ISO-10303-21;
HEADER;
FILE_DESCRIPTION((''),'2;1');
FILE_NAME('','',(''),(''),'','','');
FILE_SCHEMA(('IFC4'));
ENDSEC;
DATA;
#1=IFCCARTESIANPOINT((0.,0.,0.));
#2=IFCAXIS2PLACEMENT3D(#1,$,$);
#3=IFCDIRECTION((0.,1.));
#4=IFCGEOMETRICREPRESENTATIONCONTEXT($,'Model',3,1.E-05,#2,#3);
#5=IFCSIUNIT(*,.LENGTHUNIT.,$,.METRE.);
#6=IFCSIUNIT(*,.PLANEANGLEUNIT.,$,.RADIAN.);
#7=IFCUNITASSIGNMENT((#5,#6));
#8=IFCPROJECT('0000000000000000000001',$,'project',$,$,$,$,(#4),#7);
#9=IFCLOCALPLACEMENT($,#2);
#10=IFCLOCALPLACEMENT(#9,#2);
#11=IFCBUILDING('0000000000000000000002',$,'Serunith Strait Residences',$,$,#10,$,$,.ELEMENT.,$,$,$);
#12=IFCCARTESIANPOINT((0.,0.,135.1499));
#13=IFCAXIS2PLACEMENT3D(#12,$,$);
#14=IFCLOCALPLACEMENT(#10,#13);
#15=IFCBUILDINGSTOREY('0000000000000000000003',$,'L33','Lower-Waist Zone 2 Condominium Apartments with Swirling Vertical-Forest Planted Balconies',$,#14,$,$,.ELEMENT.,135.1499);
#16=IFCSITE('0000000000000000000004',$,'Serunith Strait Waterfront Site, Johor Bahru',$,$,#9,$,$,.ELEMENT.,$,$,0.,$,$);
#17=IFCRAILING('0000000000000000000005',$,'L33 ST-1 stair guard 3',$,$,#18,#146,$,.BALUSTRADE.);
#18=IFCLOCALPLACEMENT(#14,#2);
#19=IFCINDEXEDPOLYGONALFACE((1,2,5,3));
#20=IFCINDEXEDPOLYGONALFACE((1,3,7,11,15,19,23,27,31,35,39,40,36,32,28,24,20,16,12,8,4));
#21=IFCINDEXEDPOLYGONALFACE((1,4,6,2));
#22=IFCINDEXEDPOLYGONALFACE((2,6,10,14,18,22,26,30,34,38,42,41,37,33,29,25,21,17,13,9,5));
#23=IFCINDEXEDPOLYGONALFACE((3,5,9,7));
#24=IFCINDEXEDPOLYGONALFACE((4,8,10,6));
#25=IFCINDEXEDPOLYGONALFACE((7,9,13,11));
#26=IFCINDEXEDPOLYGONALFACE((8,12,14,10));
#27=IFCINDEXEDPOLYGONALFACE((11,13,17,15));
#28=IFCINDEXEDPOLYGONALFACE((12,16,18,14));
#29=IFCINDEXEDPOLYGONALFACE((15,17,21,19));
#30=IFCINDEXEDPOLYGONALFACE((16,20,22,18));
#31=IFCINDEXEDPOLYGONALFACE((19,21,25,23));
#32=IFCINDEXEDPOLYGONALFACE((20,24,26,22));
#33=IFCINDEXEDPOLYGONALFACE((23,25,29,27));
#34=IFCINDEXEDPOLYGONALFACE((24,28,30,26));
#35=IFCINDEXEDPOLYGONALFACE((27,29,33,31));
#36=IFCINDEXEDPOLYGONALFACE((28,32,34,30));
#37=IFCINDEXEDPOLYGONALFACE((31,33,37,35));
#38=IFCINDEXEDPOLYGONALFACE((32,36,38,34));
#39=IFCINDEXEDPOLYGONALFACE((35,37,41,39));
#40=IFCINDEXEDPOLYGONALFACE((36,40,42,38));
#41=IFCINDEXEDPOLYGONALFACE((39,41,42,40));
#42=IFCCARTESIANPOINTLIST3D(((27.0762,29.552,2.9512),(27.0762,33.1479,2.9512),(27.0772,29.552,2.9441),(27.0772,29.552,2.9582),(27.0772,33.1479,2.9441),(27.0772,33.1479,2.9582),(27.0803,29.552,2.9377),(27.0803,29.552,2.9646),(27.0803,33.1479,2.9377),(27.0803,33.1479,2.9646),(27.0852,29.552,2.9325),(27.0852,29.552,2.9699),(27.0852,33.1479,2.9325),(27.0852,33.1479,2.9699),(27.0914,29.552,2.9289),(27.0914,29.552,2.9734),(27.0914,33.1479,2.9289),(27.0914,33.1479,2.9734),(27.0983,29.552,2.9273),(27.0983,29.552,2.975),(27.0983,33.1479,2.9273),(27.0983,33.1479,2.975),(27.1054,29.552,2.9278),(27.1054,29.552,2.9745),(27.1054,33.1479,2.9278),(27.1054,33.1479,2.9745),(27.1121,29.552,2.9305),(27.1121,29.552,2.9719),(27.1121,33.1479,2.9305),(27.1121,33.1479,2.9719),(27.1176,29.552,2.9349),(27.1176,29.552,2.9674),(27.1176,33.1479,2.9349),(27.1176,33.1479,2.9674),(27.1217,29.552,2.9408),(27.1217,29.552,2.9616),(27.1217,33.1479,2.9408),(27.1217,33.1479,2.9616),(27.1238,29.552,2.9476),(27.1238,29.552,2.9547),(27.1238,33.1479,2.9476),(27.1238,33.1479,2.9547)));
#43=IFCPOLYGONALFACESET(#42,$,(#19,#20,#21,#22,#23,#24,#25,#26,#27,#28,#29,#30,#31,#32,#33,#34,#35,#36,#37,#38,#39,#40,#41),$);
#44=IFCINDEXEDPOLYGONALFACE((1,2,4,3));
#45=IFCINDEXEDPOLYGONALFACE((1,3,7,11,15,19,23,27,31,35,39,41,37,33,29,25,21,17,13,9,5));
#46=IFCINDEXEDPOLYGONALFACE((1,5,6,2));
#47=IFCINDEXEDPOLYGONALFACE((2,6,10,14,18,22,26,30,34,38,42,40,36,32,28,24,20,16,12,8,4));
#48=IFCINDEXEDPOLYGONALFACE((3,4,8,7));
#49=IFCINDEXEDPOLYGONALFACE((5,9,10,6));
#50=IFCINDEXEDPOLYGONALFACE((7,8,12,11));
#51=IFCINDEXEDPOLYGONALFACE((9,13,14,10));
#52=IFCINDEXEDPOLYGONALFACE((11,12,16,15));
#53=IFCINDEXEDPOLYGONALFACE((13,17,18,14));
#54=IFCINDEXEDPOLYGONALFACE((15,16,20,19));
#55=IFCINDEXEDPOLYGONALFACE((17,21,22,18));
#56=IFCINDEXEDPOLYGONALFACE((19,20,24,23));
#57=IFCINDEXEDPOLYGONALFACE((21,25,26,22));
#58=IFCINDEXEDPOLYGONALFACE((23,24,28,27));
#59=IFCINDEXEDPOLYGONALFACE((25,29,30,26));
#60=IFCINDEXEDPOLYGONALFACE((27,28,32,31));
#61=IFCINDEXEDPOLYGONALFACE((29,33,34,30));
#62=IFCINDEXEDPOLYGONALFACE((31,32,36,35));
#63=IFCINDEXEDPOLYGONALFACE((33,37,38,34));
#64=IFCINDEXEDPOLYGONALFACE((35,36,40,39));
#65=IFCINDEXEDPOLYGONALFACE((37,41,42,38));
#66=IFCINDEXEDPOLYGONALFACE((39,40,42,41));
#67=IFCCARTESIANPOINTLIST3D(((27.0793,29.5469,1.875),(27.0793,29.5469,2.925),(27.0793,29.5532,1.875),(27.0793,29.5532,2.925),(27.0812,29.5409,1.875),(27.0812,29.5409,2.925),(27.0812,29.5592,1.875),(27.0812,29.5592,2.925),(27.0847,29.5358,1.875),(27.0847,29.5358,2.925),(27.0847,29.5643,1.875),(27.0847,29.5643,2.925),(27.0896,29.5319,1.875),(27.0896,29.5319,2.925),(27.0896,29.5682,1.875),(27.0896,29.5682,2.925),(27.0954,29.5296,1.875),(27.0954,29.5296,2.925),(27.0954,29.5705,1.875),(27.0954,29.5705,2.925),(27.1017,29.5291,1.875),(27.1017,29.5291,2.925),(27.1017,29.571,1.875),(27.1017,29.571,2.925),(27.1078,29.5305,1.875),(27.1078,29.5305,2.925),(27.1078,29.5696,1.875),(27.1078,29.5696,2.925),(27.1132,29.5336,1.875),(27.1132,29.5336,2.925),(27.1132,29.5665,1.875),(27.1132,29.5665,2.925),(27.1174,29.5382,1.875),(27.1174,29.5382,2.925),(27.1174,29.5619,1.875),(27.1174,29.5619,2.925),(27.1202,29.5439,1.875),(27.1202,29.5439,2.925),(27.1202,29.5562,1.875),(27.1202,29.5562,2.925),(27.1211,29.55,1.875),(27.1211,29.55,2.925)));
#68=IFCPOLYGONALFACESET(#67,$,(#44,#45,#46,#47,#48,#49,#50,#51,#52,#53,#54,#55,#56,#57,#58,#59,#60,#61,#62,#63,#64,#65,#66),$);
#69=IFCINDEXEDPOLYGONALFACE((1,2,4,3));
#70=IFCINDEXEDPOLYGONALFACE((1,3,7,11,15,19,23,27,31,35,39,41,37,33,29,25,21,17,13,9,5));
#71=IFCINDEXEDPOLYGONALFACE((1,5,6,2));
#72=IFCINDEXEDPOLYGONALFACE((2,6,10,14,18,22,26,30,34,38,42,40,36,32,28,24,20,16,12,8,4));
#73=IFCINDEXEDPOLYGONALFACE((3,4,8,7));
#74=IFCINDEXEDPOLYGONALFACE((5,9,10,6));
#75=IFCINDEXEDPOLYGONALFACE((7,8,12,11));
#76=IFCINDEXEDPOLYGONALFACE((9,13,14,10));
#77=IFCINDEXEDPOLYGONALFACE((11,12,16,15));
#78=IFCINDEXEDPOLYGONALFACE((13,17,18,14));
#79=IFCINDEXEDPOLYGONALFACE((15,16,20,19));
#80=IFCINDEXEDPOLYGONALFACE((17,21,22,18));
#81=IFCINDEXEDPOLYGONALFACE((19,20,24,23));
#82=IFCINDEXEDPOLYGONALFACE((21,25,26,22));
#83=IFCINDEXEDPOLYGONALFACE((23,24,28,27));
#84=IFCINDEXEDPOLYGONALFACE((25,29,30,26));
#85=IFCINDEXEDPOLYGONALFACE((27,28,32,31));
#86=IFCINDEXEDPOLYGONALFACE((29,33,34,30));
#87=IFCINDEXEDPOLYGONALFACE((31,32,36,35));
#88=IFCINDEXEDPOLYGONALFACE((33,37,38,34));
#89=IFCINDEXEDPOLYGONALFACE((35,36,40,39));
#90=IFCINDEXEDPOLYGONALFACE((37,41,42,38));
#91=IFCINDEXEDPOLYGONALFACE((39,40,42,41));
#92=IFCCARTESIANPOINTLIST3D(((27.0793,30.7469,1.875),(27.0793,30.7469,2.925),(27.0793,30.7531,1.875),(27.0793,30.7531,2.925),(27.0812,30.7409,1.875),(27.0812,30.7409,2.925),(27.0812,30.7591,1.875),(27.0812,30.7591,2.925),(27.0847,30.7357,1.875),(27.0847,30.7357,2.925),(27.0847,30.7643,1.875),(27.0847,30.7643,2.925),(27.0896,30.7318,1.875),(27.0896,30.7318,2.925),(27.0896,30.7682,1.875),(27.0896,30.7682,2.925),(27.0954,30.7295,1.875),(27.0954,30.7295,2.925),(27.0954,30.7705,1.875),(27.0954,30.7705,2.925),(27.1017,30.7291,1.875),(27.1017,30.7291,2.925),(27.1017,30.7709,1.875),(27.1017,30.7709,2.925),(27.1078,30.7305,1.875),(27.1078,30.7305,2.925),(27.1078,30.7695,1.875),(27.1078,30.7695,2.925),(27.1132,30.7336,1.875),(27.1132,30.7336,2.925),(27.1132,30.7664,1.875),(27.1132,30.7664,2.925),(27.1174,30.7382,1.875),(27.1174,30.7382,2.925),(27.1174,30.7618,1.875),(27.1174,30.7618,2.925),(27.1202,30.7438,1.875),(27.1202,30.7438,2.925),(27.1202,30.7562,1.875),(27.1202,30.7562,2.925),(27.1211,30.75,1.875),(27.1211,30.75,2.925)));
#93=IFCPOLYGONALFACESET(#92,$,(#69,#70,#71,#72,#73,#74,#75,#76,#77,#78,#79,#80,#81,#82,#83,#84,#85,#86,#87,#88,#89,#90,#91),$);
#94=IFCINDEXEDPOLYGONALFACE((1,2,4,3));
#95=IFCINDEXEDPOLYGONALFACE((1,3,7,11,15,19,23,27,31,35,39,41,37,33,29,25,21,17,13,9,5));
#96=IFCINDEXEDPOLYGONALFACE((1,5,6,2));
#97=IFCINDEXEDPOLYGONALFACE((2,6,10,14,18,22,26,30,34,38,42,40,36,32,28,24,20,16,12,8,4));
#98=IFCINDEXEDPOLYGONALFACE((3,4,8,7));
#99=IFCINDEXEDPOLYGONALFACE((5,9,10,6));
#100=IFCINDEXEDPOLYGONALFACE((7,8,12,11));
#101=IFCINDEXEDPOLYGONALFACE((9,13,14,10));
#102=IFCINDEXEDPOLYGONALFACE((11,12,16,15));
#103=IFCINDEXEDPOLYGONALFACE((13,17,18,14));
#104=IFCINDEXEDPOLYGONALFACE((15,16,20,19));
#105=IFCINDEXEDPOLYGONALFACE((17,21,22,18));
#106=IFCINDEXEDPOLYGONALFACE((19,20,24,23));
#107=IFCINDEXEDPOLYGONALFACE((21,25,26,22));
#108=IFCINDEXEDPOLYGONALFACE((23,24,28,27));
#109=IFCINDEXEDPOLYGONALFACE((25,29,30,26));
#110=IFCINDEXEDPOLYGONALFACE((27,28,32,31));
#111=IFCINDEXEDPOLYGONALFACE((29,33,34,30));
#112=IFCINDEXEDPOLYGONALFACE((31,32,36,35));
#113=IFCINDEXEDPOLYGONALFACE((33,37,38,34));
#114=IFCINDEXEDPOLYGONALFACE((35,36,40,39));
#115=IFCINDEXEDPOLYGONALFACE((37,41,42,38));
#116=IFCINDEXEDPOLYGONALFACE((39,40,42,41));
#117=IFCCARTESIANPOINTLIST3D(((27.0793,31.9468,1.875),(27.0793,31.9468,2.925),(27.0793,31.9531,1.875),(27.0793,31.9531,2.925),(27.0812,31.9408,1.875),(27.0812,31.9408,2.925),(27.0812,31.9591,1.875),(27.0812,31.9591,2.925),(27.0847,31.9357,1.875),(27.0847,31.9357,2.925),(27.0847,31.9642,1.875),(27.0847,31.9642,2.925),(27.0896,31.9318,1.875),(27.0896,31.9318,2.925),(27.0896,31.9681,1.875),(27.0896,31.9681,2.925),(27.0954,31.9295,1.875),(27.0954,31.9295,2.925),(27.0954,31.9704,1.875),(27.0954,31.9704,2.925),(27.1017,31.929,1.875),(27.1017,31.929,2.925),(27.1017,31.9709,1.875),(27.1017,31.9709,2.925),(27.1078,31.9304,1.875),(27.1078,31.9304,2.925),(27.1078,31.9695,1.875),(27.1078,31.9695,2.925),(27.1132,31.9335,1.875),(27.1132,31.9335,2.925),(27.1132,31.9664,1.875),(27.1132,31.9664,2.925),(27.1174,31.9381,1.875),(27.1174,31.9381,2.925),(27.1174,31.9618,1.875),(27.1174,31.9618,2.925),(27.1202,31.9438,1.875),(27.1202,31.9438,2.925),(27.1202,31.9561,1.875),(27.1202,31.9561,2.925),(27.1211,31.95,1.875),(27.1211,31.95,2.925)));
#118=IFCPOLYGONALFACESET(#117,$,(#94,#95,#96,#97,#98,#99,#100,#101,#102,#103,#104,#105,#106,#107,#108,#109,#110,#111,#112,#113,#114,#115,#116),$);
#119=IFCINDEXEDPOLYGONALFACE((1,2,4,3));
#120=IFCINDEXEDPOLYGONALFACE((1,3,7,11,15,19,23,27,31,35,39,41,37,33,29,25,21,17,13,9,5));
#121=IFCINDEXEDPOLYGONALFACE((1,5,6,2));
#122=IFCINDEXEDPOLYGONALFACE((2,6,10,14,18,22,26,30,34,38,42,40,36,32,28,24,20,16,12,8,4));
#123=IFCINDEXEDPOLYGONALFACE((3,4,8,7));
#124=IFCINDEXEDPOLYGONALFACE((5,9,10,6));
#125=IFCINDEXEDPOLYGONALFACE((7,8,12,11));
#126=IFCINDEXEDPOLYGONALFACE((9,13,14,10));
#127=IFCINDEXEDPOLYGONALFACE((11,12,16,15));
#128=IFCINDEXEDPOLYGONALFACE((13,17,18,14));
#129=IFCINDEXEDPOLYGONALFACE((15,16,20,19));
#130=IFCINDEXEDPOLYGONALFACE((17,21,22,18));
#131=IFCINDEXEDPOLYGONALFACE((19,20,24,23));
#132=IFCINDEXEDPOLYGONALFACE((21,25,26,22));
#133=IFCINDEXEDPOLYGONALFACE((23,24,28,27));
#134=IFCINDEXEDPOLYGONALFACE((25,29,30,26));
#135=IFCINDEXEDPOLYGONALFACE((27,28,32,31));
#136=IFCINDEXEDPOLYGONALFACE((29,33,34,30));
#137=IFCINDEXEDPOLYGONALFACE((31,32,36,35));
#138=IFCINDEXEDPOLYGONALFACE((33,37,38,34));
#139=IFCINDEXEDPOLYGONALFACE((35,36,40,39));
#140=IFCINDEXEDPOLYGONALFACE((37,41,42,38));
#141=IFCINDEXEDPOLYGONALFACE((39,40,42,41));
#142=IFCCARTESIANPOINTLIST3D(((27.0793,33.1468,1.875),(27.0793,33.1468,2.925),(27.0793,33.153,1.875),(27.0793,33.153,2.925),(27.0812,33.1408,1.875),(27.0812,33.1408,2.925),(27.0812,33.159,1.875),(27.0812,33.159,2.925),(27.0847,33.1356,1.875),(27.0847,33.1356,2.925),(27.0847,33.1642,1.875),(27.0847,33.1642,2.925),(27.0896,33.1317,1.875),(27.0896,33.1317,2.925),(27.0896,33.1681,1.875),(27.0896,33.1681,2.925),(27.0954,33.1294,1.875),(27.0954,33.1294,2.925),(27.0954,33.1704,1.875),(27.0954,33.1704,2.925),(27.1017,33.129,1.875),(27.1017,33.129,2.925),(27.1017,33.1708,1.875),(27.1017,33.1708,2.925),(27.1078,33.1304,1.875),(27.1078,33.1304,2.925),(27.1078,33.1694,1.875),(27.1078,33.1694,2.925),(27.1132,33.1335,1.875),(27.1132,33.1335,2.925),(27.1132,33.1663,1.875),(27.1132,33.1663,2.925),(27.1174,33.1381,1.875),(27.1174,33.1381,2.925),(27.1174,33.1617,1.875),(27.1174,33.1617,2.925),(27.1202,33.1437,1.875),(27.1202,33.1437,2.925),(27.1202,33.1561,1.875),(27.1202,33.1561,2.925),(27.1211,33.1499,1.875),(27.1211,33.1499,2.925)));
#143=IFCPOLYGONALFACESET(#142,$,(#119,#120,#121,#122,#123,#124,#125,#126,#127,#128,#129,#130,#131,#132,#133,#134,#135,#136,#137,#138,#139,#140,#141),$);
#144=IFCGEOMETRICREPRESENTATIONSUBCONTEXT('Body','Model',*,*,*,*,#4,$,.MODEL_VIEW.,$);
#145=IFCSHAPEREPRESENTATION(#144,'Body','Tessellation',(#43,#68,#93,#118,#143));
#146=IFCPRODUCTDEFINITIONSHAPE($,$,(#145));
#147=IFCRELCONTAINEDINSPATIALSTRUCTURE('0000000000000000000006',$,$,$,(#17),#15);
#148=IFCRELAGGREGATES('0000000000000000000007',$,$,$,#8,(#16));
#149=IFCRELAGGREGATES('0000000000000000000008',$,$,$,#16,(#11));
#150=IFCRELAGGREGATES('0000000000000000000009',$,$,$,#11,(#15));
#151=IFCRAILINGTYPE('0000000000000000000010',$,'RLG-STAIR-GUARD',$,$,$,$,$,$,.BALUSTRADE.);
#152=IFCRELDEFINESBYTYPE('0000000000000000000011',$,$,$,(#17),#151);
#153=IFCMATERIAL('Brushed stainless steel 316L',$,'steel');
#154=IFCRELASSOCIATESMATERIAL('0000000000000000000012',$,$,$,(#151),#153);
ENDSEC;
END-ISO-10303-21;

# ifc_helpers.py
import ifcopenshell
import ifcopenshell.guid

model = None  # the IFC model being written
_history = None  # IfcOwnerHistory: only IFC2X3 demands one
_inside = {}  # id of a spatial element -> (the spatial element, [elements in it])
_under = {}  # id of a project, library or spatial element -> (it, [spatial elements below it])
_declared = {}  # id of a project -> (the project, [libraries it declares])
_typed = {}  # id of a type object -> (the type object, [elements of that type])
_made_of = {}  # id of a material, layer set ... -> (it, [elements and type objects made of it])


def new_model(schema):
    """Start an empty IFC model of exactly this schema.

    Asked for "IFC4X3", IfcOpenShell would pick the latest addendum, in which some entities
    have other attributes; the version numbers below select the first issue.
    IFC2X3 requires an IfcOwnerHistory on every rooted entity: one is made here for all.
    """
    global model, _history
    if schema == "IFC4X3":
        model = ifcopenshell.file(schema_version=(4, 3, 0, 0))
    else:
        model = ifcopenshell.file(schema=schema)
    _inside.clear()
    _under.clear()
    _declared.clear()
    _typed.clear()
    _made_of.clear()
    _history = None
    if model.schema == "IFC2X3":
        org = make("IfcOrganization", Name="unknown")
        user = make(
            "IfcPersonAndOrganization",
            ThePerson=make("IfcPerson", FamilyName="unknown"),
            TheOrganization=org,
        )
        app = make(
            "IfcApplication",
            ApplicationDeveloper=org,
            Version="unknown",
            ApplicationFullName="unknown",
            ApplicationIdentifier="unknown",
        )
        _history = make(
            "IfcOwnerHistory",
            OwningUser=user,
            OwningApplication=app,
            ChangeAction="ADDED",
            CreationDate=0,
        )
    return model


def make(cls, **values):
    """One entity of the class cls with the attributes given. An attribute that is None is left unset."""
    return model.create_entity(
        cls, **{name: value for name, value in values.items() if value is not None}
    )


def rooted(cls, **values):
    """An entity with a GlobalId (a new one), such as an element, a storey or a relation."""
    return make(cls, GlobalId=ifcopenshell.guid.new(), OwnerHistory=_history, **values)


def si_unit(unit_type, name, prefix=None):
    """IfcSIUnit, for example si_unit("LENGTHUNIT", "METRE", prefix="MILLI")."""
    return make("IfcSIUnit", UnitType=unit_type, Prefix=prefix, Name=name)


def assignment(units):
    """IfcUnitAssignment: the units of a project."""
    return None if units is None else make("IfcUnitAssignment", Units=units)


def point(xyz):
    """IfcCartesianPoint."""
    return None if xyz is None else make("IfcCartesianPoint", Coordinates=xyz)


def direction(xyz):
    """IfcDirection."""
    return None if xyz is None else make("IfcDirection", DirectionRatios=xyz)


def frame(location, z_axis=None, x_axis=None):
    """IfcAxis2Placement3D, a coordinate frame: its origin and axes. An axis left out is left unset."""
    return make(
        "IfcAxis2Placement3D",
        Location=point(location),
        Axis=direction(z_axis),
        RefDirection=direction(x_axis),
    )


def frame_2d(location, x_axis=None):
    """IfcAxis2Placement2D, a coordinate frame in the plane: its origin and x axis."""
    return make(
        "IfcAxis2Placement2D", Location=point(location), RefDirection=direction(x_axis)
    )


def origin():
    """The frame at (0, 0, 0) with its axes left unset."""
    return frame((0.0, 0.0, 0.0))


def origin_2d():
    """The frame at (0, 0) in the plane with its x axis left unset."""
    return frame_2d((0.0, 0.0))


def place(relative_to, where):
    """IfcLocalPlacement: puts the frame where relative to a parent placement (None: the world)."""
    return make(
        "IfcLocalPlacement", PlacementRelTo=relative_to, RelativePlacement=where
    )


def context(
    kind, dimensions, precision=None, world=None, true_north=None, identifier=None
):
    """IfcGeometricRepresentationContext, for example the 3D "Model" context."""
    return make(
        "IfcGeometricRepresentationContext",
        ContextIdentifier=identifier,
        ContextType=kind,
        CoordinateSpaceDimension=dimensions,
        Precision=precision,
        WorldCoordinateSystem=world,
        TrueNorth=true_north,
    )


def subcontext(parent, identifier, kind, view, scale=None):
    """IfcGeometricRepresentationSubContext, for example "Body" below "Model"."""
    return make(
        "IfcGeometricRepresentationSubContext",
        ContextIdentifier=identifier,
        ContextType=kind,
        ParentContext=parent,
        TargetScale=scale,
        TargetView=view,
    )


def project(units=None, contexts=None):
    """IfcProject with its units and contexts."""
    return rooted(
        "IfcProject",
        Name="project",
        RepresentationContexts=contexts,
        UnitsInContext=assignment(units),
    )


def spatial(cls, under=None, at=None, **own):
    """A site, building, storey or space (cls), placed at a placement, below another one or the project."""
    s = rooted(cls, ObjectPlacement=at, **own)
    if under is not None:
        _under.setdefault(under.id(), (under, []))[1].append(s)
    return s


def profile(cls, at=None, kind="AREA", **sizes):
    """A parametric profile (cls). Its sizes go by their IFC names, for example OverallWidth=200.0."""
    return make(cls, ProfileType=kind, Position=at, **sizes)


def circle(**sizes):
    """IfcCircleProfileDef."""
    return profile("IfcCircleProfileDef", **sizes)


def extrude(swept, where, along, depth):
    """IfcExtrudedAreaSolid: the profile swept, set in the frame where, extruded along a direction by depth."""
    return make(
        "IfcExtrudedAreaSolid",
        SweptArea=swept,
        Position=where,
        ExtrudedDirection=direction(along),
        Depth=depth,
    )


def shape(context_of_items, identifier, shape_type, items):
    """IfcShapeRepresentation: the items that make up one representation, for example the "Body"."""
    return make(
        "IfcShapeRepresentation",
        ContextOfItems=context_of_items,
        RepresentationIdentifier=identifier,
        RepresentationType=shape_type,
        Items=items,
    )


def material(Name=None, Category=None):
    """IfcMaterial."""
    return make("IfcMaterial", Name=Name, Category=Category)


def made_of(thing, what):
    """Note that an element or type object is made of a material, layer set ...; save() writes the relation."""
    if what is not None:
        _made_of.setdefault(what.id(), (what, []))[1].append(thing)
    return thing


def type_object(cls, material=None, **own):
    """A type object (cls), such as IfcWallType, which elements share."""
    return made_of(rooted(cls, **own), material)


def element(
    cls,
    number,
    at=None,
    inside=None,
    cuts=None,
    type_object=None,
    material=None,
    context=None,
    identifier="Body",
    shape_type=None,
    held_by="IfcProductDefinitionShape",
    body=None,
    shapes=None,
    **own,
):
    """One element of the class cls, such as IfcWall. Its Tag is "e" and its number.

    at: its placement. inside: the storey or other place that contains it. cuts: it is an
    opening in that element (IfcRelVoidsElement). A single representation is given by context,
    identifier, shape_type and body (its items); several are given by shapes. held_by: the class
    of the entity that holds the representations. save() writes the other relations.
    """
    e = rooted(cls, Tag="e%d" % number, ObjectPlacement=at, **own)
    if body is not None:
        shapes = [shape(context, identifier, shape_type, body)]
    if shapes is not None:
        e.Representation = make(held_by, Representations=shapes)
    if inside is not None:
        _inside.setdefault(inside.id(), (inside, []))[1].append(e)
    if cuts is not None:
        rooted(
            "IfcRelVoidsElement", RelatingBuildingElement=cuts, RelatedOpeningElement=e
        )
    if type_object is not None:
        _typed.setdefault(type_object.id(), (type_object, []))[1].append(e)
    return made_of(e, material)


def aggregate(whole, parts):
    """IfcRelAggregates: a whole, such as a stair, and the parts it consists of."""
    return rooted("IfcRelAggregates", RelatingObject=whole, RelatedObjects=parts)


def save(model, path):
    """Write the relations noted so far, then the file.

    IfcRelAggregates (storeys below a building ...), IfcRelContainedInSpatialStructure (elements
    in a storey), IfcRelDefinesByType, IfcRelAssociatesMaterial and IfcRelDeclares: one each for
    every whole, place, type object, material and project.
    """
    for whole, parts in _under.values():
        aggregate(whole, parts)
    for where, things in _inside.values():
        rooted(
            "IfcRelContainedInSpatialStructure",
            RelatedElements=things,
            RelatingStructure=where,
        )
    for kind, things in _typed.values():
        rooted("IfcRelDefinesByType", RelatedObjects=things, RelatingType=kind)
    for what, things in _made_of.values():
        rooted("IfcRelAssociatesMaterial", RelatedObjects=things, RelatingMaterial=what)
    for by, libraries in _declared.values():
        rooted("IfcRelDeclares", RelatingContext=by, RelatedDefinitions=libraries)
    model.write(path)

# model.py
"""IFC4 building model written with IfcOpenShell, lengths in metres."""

from ifc_helpers import new_model, si_unit, direction, frame, origin, origin_2d, place, context, subcontext, project, spatial, circle, extrude, material, type_object, element, save


model = new_model("IFC4")

# Units and contexts
model_context = context("Model", 3, precision=1e-05, world=origin(), true_north=direction((0.0, 1.0)))
body_context = subcontext(model_context, "Body", "Model", "MODEL_VIEW")
ifc_project = project(units=[si_unit("LENGTHUNIT", "METRE"), si_unit("PLANEANGLEUNIT", "RADIAN")], contexts=[model_context])

# Site, building, storey
site_placement = place(None, origin())
site = spatial("IfcSite", under=ifc_project, at=site_placement, Name="Serunith Strait Waterfront Site, Johor Bahru", CompositionType="ELEMENT", RefElevation=0.0)
building_placement = place(site_placement, origin())
building = spatial("IfcBuilding", under=site, at=building_placement, Name="Serunith Strait Residences", CompositionType="ELEMENT")
storey_placement = place(building_placement, frame((0.0, 0.0, 135.1499)))
storey = spatial("IfcBuildingStorey", under=building, at=storey_placement, Name="L33", Description="Lower-Waist Zone 2 Condominium Apartments with Swirling Vertical-Forest Planted Balconies", CompositionType="ELEMENT", Elevation=135.1499)

# Railing
ifc_material_1 = material(Name="Brushed stainless steel 316L", Category="steel")
railing_type_1 = type_object("IfcRailingType", Name="RLG-STAIR-GUARD", PredefinedType="BALUSTRADE", material=ifc_material_1)
for number, where, name in (
    (1, (27.1001, 29.55, 1.875), "L33 ST-1 stair guard 3"),
):
    element("IfcRailing", number, at=place(storey_placement, frame(where)), inside=storey, type_object=railing_type_1, Name=name, PredefinedType="BALUSTRADE", context=body_context, shape_type="SweptSolid", body=[
        extrude(circle(Radius=0.0239, at=origin_2d()), frame((0.0, 0.002, 1.0762), z_axis=(0.0, 1.0, 0.0), x_axis=(-1.0, 0.0, 0.0)), (0.0, 0.0, 1.0), 3.5959),
        extrude(circle(Radius=0.021, at=origin_2d()), origin(), (0.0, 0.0, 1.0), 1.05),
        extrude(circle(Radius=0.021, at=origin_2d()), frame((0.0, 1.2, 0.0)), (0.0, 0.0, 1.0), 1.05),
        extrude(circle(Radius=0.021, at=origin_2d()), frame((0.0, 2.3999, 0.0)), (0.0, 0.0, 1.0), 1.05),
        extrude(circle(Radius=0.021, at=origin_2d()), frame((0.0, 3.5999, 0.0)), (0.0, 0.0, 1.0), 1.05),
    ])

save(model, "model.ifc")
